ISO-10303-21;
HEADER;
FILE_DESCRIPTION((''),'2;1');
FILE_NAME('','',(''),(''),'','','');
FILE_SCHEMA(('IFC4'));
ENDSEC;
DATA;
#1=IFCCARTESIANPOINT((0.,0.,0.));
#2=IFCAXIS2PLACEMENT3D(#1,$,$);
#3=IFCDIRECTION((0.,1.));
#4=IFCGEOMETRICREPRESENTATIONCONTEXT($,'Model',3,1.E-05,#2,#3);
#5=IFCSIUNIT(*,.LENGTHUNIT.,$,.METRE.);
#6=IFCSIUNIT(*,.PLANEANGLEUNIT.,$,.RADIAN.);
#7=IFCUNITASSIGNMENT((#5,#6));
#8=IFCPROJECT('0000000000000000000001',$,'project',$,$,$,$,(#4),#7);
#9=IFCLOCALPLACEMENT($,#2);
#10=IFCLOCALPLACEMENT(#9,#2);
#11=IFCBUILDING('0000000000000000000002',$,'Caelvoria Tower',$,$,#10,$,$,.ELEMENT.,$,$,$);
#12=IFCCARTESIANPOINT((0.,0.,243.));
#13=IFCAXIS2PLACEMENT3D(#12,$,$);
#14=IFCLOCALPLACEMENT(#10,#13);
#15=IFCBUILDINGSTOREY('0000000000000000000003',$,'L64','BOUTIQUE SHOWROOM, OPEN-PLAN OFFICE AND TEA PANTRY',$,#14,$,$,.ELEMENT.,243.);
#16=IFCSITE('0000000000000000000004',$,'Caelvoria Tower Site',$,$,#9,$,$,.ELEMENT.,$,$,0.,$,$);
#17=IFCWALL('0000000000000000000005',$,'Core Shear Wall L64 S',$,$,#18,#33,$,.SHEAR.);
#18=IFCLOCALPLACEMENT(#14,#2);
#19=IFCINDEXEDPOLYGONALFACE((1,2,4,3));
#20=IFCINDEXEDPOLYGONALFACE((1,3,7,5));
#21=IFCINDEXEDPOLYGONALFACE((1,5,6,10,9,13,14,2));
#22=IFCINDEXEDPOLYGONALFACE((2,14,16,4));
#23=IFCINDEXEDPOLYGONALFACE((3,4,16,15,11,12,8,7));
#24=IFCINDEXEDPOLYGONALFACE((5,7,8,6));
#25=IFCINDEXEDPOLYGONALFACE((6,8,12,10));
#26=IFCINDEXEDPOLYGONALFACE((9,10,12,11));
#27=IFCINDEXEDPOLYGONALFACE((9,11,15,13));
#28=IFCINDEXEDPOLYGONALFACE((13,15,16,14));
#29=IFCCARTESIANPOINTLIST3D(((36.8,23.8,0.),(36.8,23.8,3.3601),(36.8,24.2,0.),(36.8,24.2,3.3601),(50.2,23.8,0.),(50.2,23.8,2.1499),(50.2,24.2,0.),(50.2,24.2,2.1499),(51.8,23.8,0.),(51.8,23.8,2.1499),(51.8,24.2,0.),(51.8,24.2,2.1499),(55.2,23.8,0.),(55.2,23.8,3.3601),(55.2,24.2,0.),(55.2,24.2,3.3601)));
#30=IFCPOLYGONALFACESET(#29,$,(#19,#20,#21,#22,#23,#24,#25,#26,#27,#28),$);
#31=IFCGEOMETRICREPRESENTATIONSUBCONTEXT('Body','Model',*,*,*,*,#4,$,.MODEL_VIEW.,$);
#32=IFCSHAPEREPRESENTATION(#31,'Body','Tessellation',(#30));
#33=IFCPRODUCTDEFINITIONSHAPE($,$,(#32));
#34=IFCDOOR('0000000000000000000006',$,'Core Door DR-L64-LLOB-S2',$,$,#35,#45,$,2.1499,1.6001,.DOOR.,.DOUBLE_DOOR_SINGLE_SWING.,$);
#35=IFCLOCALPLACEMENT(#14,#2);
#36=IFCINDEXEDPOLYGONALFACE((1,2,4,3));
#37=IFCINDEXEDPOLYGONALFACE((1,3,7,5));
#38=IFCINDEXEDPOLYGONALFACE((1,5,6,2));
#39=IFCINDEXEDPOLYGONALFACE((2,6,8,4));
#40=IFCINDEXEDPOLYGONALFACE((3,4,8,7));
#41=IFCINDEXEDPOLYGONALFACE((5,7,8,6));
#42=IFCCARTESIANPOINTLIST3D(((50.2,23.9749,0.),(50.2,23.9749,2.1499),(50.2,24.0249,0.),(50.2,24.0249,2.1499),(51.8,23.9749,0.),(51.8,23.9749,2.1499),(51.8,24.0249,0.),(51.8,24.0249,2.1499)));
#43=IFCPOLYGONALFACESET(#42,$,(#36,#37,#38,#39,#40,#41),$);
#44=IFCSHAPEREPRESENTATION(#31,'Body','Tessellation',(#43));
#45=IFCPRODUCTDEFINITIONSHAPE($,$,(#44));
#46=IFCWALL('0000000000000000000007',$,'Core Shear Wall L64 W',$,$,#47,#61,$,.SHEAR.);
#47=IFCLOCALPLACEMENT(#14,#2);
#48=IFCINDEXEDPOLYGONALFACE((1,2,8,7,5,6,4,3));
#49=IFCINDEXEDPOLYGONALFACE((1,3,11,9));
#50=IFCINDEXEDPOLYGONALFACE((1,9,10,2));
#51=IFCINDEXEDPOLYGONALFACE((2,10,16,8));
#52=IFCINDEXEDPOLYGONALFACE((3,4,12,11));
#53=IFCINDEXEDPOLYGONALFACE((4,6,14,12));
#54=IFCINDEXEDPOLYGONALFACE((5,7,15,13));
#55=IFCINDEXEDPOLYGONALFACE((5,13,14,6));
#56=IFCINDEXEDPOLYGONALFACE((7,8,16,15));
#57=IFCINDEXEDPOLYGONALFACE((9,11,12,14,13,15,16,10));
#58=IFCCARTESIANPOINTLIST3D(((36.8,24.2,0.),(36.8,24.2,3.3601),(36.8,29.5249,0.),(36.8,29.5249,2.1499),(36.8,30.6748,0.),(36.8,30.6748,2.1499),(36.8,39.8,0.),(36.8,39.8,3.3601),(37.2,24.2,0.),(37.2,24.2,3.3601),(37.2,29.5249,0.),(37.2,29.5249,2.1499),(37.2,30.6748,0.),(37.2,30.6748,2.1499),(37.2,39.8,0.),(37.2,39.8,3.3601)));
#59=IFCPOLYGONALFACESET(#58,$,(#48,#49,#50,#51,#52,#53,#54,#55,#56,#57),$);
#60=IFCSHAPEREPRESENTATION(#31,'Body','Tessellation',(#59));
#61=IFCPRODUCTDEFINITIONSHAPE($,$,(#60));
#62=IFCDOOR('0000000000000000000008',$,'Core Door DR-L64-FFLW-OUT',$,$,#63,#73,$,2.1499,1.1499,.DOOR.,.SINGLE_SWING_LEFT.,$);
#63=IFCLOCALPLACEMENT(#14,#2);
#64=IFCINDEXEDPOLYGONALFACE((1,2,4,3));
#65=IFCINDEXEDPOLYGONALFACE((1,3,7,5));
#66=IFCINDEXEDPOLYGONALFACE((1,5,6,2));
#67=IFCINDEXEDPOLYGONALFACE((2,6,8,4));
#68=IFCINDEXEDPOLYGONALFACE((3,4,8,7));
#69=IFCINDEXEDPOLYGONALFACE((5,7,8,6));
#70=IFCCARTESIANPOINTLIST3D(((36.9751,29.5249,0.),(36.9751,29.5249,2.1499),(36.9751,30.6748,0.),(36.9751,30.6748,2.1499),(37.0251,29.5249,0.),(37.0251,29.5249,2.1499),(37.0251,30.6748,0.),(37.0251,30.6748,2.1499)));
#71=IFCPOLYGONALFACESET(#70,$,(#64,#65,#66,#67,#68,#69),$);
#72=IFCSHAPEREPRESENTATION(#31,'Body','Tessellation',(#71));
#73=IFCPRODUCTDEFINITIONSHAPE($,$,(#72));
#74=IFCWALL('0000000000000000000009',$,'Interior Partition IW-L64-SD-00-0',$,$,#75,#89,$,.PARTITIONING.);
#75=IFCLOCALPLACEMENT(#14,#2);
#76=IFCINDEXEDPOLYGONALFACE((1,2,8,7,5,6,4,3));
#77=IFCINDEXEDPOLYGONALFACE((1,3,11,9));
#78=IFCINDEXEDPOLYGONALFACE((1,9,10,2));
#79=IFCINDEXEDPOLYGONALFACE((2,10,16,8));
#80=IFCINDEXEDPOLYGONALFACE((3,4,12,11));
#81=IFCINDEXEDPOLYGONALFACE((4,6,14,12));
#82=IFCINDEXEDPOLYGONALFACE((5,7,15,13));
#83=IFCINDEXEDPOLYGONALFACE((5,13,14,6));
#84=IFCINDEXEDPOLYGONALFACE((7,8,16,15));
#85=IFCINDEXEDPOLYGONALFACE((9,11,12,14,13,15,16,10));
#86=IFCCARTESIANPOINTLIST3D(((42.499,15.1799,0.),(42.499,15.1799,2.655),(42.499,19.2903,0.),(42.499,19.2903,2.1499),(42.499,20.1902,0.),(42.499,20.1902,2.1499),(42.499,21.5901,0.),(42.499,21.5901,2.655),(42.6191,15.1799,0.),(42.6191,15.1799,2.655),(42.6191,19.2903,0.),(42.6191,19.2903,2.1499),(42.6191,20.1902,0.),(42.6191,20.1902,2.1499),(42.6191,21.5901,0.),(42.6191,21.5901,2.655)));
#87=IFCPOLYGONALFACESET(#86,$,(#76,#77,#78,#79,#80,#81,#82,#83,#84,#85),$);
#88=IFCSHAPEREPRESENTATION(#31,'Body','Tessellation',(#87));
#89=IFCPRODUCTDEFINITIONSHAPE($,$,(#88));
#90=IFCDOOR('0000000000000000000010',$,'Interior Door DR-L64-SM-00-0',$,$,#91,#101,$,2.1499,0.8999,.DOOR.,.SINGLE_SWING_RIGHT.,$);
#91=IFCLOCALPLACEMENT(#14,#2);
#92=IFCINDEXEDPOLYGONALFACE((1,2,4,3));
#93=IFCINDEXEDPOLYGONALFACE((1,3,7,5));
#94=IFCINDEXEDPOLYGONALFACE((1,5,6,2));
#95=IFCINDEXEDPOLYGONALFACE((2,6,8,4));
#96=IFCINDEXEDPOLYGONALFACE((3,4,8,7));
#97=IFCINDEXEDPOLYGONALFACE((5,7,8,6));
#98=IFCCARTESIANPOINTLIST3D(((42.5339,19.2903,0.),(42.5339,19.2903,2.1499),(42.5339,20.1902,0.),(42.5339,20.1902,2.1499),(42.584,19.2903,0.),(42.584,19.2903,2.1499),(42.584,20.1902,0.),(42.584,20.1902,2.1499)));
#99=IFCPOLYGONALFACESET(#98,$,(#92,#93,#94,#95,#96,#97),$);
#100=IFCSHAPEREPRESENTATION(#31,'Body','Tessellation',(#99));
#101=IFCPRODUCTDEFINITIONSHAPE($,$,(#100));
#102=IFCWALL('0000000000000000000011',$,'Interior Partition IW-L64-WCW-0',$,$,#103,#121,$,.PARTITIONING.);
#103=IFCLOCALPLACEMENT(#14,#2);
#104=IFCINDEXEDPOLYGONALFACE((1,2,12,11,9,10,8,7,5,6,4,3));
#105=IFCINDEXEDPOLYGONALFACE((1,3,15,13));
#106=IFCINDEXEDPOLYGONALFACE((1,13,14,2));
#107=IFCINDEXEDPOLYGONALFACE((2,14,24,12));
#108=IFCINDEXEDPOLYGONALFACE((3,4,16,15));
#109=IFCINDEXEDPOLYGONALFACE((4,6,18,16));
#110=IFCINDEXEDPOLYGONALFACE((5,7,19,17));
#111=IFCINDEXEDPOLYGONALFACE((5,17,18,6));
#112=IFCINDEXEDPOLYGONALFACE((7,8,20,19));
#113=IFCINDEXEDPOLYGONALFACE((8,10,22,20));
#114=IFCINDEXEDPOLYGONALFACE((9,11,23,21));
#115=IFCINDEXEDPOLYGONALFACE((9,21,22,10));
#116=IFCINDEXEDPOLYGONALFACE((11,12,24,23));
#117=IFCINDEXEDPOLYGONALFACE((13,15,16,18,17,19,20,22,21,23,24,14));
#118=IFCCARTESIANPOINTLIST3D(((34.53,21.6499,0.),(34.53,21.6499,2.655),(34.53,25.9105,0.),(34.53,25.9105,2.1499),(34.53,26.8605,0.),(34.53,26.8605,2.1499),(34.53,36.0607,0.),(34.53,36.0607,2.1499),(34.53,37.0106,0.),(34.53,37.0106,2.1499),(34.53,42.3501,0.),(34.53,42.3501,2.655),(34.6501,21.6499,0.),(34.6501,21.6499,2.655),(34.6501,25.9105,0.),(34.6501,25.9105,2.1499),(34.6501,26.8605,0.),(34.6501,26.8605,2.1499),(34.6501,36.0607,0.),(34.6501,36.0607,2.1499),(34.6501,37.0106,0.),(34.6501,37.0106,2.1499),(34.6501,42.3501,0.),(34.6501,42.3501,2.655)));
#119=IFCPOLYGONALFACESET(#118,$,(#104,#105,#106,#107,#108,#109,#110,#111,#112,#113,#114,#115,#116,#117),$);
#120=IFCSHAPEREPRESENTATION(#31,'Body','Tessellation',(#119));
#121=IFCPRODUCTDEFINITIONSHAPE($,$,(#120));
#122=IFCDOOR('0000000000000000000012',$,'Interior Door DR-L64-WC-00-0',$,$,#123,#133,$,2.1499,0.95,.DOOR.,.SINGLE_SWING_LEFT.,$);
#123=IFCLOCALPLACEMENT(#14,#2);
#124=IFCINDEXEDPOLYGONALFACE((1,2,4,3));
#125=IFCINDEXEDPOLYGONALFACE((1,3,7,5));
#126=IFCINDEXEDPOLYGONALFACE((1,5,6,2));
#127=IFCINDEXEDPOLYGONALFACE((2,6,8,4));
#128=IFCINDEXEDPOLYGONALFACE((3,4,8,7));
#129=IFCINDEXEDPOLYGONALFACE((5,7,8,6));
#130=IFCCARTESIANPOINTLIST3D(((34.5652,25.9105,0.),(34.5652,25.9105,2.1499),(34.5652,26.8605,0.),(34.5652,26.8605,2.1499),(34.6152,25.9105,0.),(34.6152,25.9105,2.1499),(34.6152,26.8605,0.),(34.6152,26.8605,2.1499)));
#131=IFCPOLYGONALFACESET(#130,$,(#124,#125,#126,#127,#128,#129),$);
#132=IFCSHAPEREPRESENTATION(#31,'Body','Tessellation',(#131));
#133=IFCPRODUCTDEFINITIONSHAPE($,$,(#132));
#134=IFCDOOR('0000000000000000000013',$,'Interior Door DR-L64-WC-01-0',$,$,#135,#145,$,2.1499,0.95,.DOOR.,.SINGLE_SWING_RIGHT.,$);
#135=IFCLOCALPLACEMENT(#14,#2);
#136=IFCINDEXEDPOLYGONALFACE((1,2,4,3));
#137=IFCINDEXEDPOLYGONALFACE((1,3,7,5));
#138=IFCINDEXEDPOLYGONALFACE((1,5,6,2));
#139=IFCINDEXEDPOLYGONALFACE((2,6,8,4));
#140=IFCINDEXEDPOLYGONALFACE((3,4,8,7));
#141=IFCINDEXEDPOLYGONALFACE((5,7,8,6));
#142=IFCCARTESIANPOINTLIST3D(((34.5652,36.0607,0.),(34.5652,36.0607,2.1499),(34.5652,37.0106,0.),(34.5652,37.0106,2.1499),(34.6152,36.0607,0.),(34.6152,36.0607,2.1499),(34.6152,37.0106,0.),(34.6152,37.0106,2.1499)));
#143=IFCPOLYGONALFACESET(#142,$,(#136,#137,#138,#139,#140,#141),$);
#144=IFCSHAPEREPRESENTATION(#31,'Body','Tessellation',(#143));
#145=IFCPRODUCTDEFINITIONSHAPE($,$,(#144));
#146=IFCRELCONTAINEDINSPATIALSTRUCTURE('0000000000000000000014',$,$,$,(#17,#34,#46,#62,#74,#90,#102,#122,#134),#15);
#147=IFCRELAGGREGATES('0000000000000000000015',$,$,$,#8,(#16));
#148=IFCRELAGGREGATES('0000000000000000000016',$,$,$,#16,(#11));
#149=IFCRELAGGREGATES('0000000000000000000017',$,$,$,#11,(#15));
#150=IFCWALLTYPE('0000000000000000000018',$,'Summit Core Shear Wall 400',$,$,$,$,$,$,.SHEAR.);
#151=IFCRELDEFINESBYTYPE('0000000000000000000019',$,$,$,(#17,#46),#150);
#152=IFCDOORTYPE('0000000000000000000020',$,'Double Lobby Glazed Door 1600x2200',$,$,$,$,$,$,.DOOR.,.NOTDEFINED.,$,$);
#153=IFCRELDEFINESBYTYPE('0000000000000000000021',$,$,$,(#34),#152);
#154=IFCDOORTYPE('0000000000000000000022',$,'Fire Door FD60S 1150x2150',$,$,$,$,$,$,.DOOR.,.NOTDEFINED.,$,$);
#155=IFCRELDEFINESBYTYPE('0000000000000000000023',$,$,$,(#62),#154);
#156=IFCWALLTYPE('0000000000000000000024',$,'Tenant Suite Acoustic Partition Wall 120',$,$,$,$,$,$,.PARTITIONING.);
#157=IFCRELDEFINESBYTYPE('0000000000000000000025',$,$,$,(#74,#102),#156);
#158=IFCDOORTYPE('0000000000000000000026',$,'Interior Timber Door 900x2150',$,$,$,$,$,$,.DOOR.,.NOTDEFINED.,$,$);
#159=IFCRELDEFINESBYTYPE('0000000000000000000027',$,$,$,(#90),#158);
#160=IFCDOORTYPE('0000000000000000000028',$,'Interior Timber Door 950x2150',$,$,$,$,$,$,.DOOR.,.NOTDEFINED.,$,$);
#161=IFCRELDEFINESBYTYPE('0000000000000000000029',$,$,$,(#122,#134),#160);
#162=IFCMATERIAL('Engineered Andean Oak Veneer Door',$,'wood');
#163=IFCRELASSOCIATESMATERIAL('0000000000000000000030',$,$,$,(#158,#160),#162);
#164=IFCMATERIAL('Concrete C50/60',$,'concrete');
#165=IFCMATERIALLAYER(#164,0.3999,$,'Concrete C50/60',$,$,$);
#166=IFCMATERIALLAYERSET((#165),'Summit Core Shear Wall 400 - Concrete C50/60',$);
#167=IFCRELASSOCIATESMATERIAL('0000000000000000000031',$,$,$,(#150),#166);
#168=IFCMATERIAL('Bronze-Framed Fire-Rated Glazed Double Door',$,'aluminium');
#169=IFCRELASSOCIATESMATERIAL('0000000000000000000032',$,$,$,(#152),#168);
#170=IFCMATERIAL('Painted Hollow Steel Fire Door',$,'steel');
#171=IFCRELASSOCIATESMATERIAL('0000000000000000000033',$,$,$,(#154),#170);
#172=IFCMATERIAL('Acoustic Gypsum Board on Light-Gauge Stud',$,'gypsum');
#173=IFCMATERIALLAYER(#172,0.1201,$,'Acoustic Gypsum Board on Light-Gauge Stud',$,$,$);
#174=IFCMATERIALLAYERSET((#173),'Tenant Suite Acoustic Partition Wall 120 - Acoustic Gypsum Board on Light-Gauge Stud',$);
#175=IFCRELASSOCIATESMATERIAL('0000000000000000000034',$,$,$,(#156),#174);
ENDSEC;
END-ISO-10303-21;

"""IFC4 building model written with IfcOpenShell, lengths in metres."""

from ifc_helpers import new_model, si_unit, direction, frame, frame_2d, origin, place, context, subcontext, project, spatial, rectangle, extrude, material, layer, layer_set, type_object, element, fill, save


model = new_model("IFC4")

# Units and contexts
model_context = context("Model", 3, precision=1e-05, world=origin(), true_north=direction((0.0, 1.0)))
body_context = subcontext(model_context, "Body", "Model", "MODEL_VIEW")
ifc_project = project(units=[si_unit("LENGTHUNIT", "METRE"), si_unit("PLANEANGLEUNIT", "RADIAN")], contexts=[model_context])

# Site, building, storey
site_placement = place(None, origin())
site = spatial("IfcSite", under=ifc_project, at=site_placement, Name="Caelvoria Tower Site", CompositionType="ELEMENT", RefElevation=0.0)
building_placement = place(site_placement, origin())
building = spatial("IfcBuilding", under=site, at=building_placement, Name="Caelvoria Tower", CompositionType="ELEMENT")
storey_placement = place(building_placement, frame((0.0, 0.0, 243.0)))
storey = spatial("IfcBuildingStorey", under=building, at=storey_placement, Name="L64", Description="BOUTIQUE SHOWROOM, OPEN-PLAN OFFICE AND TEA PANTRY", CompositionType="ELEMENT", Elevation=243.0)

# Shared definitions
ifc_material_1 = material(Name="Concrete C50/60", Category="concrete")

# Shared definitions
ifc_material_2 = material(Name="Engineered Andean Oak Veneer Door", Category="wood")
door_type_1 = type_object("IfcDoorType", Name="Interior Timber Door 900x2150", OperationType="NOTDEFINED", PredefinedType="DOOR", material=ifc_material_2)

# Walls, openings, doors
ifc_layer_1 = layer(ifc_material_1, 0.3999, Name="Concrete C50/60")
ifc_layer_set_1 = layer_set([ifc_layer_1], Name="Summit Core Shear Wall 400 - Concrete C50/60")
wall_type_1 = type_object("IfcWallType", Name="Summit Core Shear Wall 400", PredefinedType="SHEAR", material=ifc_layer_set_1)
wall_1_placement = place(storey_placement, frame((36.8, 24.0, 0.0), z_axis=(0.0, 0.0, 1.0), x_axis=(1.0, 0.0, 0.0)))
wall_1 = element("IfcWall", 1, at=wall_1_placement, inside=storey, type_object=wall_type_1, Name="Core Shear Wall L64 S", PredefinedType="SHEAR", context=body_context, shape_type="SweptSolid", body=[
    extrude(rectangle(XDim=18.3999, YDim=0.3999, at=frame_2d((9.2, 0.0))), origin(), (0.0, 0.0, 1.0), 3.3601),
])
opening_1_placement = place(wall_1_placement, frame((13.3999, 0.0, 0.0)))
opening_1 = element("IfcOpeningElement", 2, at=opening_1_placement, cuts=wall_1, PredefinedType="OPENING", context=body_context, shape_type="SweptSolid", body=[
    extrude(rectangle(XDim=1.6001, YDim=2.1499, at=frame_2d((0.8, 1.075))), frame((0.0, 0.21, 0.0), z_axis=(0.0, -1.0, 0.0), x_axis=(1.0, 0.0, 0.0)), (0.0, 0.0, 1.0), 0.4199),
])
ifc_material_3 = material(Name="Bronze-Framed Fire-Rated Glazed Double Door", Category="aluminium")
door_type_2 = type_object("IfcDoorType", Name="Double Lobby Glazed Door 1600x2200", OperationType="NOTDEFINED", PredefinedType="DOOR", material=ifc_material_3)
door_1_placement = place(opening_1_placement, origin())
door_1 = element("IfcDoor", 3, at=door_1_placement, inside=storey, type_object=door_type_2, Name="Core Door DR-L64-LLOB-S2", OperationType="DOUBLE_DOOR_SINGLE_SWING", OverallHeight=2.1499, OverallWidth=1.6001, PredefinedType="DOOR", context=body_context, shape_type="SweptSolid", body=[
    extrude(rectangle(XDim=1.6001, YDim=2.1499, at=frame_2d((0.8, 1.075))), frame((0.0, 0.0249, 0.0), z_axis=(0.0, -1.0, 0.0), x_axis=(1.0, 0.0, 0.0)), (0.0, 0.0, 1.0), 0.05),
])
fill(opening_1, door_1)
wall_2_placement = place(storey_placement, frame((37.0, 24.2, 0.0), z_axis=(0.0, 0.0, 1.0), x_axis=(0.0, 1.0, 0.0)))
wall_2 = element("IfcWall", 4, at=wall_2_placement, inside=storey, type_object=wall_type_1, Name="Core Shear Wall L64 W", PredefinedType="SHEAR", context=body_context, shape_type="SweptSolid", body=[
    extrude(rectangle(XDim=15.6001, YDim=0.3999, at=frame_2d((7.8, 0.0))), origin(), (0.0, 0.0, 1.0), 3.3601),
])
opening_2_placement = place(wall_2_placement, frame((5.325, 0.0, 0.0)))
opening_2 = element("IfcOpeningElement", 5, at=opening_2_placement, cuts=wall_2, PredefinedType="OPENING", context=body_context, shape_type="SweptSolid", body=[
    extrude(rectangle(XDim=1.1499, YDim=2.1499, at=frame_2d((0.575, 1.075))), frame((0.0, 0.21, 0.0), z_axis=(0.0, -1.0, 0.0), x_axis=(1.0, 0.0, 0.0)), (0.0, 0.0, 1.0), 0.4199),
])
ifc_material_4 = material(Name="Painted Hollow Steel Fire Door", Category="steel")
door_type_3 = type_object("IfcDoorType", Name="Fire Door FD60S 1150x2150", OperationType="NOTDEFINED", PredefinedType="DOOR", material=ifc_material_4)
door_2_placement = place(opening_2_placement, origin())
door_2 = element("IfcDoor", 6, at=door_2_placement, inside=storey, type_object=door_type_3, Name="Core Door DR-L64-FFLW-OUT", OperationType="SINGLE_SWING_LEFT", OverallHeight=2.1499, OverallWidth=1.1499, PredefinedType="DOOR", context=body_context, shape_type="SweptSolid", body=[
    extrude(rectangle(XDim=1.1499, YDim=2.1499, at=frame_2d((0.575, 1.075))), frame((0.0, 0.0249, 0.0), z_axis=(0.0, -1.0, 0.0), x_axis=(1.0, 0.0, 0.0)), (0.0, 0.0, 1.0), 0.05),
])
fill(opening_2, door_2)
ifc_material_5 = material(Name="Acoustic Gypsum Board on Light-Gauge Stud", Category="gypsum")
ifc_layer_2 = layer(ifc_material_5, 0.1201, Name="Acoustic Gypsum Board on Light-Gauge Stud")
ifc_layer_set_2 = layer_set([ifc_layer_2], Name="Tenant Suite Acoustic Partition Wall 120 - Acoustic Gypsum Board on Light-Gauge Stud")
wall_type_2 = type_object("IfcWallType", Name="Tenant Suite Acoustic Partition Wall 120", PredefinedType="PARTITIONING", material=ifc_layer_set_2)
wall_3_placement = place(storey_placement, frame((42.5591, 21.5901, 0.0), z_axis=(0.0, 0.0, 1.0), x_axis=(0.0, -1.0, 0.0)))
wall_3 = element("IfcWall", 7, at=wall_3_placement, inside=storey, type_object=wall_type_2, Name="Interior Partition IW-L64-SD-00-0", PredefinedType="PARTITIONING", context=body_context, shape_type="SweptSolid", body=[
    extrude(rectangle(XDim=6.4102, YDim=0.1201, at=frame_2d((3.2051, 0.0))), origin(), (0.0, 0.0, 1.0), 2.655),
])
opening_3_placement = place(wall_3_placement, frame((1.3999, 0.0, 0.0)))
opening_3 = element("IfcOpeningElement", 8, at=opening_3_placement, cuts=wall_3, PredefinedType="OPENING", context=body_context, shape_type="SweptSolid", body=[
    extrude(rectangle(XDim=0.8999, YDim=2.1499, at=frame_2d((0.45, 1.075))), frame((0.0, 0.0701, 0.0), z_axis=(0.0, -1.0, 0.0), x_axis=(1.0, 0.0, 0.0)), (0.0, 0.0, 1.0), 0.1401),
])
door_3_placement = place(opening_3_placement, origin())
door_3 = element("IfcDoor", 9, at=door_3_placement, inside=storey, type_object=door_type_1, Name="Interior Door DR-L64-SM-00-0", OperationType="SINGLE_SWING_RIGHT", OverallHeight=2.1499, OverallWidth=0.8999, PredefinedType="DOOR", context=body_context, shape_type="SweptSolid", body=[
    extrude(rectangle(XDim=0.8999, YDim=2.1499, at=frame_2d((0.45, 1.075))), frame((0.0, 0.0249, 0.0), z_axis=(0.0, -1.0, 0.0), x_axis=(1.0, 0.0, 0.0)), (0.0, 0.0, 1.0), 0.05),
])
fill(opening_3, door_3)

# Wall, openings, doors
wall_4_placement = place(storey_placement, frame((34.5901, 21.6499, 0.0), z_axis=(0.0, 0.0, 1.0), x_axis=(0.0, 1.0, 0.0)))
wall_4 = element("IfcWall", 10, at=wall_4_placement, inside=storey, type_object=wall_type_2, Name="Interior Partition IW-L64-WCW-0", PredefinedType="PARTITIONING", context=body_context, shape_type="SweptSolid", body=[
    extrude(rectangle(XDim=20.7002, YDim=0.1201, at=frame_2d((10.3501, 0.0))), origin(), (0.0, 0.0, 1.0), 2.655),
])
opening_4_placement = place(wall_4_placement, frame((4.2605, 0.0, 0.0)))
opening_4 = element("IfcOpeningElement", 11, at=opening_4_placement, cuts=wall_4, PredefinedType="OPENING", context=body_context, shape_type="SweptSolid", body=[
    extrude(rectangle(XDim=0.95, YDim=2.1499, at=frame_2d((0.4751, 1.075))), frame((0.0, 0.0701, 0.0), z_axis=(0.0, -1.0, 0.0), x_axis=(1.0, 0.0, 0.0)), (0.0, 0.0, 1.0), 0.1401),
])
opening_5_placement = place(wall_4_placement, frame((14.4106, 0.0, 0.0)))
opening_5 = element("IfcOpeningElement", 12, at=opening_5_placement, cuts=wall_4, PredefinedType="OPENING", context=body_context, shape_type="SweptSolid", body=[
    extrude(rectangle(XDim=0.95, YDim=2.1499, at=frame_2d((0.4751, 1.075))), frame((0.0, 0.0701, 0.0), z_axis=(0.0, -1.0, 0.0), x_axis=(1.0, 0.0, 0.0)), (0.0, 0.0, 1.0), 0.1401),
])
door_type_4 = type_object("IfcDoorType", Name="Interior Timber Door 950x2150", OperationType="NOTDEFINED", PredefinedType="DOOR", material=ifc_material_2)
door_4_placement = place(opening_4_placement, origin())
door_4 = element("IfcDoor", 13, at=door_4_placement, inside=storey, type_object=door_type_4, Name="Interior Door DR-L64-WC-00-0", OperationType="SINGLE_SWING_LEFT", OverallHeight=2.1499, OverallWidth=0.95, PredefinedType="DOOR", context=body_context, shape_type="SweptSolid", body=[
    extrude(rectangle(XDim=0.95, YDim=2.1499, at=frame_2d((0.4751, 1.075))), frame((0.0, 0.0249, 0.0), z_axis=(0.0, -1.0, 0.0), x_axis=(1.0, 0.0, 0.0)), (0.0, 0.0, 1.0), 0.05),
])
fill(opening_4, door_4)
door_5_placement = place(opening_5_placement, origin())
door_5 = element("IfcDoor", 14, at=door_5_placement, inside=storey, type_object=door_type_4, Name="Interior Door DR-L64-WC-01-0", OperationType="SINGLE_SWING_RIGHT", OverallHeight=2.1499, OverallWidth=0.95, PredefinedType="DOOR", context=body_context, shape_type="SweptSolid", body=[
    extrude(rectangle(XDim=0.95, YDim=2.1499, at=frame_2d((0.4751, 1.075))), frame((0.0, 0.0249, 0.0), z_axis=(0.0, -1.0, 0.0), x_axis=(1.0, 0.0, 0.0)), (0.0, 0.0, 1.0), 0.05),
])
fill(opening_5, door_5)

save(model, "model.ifc")
